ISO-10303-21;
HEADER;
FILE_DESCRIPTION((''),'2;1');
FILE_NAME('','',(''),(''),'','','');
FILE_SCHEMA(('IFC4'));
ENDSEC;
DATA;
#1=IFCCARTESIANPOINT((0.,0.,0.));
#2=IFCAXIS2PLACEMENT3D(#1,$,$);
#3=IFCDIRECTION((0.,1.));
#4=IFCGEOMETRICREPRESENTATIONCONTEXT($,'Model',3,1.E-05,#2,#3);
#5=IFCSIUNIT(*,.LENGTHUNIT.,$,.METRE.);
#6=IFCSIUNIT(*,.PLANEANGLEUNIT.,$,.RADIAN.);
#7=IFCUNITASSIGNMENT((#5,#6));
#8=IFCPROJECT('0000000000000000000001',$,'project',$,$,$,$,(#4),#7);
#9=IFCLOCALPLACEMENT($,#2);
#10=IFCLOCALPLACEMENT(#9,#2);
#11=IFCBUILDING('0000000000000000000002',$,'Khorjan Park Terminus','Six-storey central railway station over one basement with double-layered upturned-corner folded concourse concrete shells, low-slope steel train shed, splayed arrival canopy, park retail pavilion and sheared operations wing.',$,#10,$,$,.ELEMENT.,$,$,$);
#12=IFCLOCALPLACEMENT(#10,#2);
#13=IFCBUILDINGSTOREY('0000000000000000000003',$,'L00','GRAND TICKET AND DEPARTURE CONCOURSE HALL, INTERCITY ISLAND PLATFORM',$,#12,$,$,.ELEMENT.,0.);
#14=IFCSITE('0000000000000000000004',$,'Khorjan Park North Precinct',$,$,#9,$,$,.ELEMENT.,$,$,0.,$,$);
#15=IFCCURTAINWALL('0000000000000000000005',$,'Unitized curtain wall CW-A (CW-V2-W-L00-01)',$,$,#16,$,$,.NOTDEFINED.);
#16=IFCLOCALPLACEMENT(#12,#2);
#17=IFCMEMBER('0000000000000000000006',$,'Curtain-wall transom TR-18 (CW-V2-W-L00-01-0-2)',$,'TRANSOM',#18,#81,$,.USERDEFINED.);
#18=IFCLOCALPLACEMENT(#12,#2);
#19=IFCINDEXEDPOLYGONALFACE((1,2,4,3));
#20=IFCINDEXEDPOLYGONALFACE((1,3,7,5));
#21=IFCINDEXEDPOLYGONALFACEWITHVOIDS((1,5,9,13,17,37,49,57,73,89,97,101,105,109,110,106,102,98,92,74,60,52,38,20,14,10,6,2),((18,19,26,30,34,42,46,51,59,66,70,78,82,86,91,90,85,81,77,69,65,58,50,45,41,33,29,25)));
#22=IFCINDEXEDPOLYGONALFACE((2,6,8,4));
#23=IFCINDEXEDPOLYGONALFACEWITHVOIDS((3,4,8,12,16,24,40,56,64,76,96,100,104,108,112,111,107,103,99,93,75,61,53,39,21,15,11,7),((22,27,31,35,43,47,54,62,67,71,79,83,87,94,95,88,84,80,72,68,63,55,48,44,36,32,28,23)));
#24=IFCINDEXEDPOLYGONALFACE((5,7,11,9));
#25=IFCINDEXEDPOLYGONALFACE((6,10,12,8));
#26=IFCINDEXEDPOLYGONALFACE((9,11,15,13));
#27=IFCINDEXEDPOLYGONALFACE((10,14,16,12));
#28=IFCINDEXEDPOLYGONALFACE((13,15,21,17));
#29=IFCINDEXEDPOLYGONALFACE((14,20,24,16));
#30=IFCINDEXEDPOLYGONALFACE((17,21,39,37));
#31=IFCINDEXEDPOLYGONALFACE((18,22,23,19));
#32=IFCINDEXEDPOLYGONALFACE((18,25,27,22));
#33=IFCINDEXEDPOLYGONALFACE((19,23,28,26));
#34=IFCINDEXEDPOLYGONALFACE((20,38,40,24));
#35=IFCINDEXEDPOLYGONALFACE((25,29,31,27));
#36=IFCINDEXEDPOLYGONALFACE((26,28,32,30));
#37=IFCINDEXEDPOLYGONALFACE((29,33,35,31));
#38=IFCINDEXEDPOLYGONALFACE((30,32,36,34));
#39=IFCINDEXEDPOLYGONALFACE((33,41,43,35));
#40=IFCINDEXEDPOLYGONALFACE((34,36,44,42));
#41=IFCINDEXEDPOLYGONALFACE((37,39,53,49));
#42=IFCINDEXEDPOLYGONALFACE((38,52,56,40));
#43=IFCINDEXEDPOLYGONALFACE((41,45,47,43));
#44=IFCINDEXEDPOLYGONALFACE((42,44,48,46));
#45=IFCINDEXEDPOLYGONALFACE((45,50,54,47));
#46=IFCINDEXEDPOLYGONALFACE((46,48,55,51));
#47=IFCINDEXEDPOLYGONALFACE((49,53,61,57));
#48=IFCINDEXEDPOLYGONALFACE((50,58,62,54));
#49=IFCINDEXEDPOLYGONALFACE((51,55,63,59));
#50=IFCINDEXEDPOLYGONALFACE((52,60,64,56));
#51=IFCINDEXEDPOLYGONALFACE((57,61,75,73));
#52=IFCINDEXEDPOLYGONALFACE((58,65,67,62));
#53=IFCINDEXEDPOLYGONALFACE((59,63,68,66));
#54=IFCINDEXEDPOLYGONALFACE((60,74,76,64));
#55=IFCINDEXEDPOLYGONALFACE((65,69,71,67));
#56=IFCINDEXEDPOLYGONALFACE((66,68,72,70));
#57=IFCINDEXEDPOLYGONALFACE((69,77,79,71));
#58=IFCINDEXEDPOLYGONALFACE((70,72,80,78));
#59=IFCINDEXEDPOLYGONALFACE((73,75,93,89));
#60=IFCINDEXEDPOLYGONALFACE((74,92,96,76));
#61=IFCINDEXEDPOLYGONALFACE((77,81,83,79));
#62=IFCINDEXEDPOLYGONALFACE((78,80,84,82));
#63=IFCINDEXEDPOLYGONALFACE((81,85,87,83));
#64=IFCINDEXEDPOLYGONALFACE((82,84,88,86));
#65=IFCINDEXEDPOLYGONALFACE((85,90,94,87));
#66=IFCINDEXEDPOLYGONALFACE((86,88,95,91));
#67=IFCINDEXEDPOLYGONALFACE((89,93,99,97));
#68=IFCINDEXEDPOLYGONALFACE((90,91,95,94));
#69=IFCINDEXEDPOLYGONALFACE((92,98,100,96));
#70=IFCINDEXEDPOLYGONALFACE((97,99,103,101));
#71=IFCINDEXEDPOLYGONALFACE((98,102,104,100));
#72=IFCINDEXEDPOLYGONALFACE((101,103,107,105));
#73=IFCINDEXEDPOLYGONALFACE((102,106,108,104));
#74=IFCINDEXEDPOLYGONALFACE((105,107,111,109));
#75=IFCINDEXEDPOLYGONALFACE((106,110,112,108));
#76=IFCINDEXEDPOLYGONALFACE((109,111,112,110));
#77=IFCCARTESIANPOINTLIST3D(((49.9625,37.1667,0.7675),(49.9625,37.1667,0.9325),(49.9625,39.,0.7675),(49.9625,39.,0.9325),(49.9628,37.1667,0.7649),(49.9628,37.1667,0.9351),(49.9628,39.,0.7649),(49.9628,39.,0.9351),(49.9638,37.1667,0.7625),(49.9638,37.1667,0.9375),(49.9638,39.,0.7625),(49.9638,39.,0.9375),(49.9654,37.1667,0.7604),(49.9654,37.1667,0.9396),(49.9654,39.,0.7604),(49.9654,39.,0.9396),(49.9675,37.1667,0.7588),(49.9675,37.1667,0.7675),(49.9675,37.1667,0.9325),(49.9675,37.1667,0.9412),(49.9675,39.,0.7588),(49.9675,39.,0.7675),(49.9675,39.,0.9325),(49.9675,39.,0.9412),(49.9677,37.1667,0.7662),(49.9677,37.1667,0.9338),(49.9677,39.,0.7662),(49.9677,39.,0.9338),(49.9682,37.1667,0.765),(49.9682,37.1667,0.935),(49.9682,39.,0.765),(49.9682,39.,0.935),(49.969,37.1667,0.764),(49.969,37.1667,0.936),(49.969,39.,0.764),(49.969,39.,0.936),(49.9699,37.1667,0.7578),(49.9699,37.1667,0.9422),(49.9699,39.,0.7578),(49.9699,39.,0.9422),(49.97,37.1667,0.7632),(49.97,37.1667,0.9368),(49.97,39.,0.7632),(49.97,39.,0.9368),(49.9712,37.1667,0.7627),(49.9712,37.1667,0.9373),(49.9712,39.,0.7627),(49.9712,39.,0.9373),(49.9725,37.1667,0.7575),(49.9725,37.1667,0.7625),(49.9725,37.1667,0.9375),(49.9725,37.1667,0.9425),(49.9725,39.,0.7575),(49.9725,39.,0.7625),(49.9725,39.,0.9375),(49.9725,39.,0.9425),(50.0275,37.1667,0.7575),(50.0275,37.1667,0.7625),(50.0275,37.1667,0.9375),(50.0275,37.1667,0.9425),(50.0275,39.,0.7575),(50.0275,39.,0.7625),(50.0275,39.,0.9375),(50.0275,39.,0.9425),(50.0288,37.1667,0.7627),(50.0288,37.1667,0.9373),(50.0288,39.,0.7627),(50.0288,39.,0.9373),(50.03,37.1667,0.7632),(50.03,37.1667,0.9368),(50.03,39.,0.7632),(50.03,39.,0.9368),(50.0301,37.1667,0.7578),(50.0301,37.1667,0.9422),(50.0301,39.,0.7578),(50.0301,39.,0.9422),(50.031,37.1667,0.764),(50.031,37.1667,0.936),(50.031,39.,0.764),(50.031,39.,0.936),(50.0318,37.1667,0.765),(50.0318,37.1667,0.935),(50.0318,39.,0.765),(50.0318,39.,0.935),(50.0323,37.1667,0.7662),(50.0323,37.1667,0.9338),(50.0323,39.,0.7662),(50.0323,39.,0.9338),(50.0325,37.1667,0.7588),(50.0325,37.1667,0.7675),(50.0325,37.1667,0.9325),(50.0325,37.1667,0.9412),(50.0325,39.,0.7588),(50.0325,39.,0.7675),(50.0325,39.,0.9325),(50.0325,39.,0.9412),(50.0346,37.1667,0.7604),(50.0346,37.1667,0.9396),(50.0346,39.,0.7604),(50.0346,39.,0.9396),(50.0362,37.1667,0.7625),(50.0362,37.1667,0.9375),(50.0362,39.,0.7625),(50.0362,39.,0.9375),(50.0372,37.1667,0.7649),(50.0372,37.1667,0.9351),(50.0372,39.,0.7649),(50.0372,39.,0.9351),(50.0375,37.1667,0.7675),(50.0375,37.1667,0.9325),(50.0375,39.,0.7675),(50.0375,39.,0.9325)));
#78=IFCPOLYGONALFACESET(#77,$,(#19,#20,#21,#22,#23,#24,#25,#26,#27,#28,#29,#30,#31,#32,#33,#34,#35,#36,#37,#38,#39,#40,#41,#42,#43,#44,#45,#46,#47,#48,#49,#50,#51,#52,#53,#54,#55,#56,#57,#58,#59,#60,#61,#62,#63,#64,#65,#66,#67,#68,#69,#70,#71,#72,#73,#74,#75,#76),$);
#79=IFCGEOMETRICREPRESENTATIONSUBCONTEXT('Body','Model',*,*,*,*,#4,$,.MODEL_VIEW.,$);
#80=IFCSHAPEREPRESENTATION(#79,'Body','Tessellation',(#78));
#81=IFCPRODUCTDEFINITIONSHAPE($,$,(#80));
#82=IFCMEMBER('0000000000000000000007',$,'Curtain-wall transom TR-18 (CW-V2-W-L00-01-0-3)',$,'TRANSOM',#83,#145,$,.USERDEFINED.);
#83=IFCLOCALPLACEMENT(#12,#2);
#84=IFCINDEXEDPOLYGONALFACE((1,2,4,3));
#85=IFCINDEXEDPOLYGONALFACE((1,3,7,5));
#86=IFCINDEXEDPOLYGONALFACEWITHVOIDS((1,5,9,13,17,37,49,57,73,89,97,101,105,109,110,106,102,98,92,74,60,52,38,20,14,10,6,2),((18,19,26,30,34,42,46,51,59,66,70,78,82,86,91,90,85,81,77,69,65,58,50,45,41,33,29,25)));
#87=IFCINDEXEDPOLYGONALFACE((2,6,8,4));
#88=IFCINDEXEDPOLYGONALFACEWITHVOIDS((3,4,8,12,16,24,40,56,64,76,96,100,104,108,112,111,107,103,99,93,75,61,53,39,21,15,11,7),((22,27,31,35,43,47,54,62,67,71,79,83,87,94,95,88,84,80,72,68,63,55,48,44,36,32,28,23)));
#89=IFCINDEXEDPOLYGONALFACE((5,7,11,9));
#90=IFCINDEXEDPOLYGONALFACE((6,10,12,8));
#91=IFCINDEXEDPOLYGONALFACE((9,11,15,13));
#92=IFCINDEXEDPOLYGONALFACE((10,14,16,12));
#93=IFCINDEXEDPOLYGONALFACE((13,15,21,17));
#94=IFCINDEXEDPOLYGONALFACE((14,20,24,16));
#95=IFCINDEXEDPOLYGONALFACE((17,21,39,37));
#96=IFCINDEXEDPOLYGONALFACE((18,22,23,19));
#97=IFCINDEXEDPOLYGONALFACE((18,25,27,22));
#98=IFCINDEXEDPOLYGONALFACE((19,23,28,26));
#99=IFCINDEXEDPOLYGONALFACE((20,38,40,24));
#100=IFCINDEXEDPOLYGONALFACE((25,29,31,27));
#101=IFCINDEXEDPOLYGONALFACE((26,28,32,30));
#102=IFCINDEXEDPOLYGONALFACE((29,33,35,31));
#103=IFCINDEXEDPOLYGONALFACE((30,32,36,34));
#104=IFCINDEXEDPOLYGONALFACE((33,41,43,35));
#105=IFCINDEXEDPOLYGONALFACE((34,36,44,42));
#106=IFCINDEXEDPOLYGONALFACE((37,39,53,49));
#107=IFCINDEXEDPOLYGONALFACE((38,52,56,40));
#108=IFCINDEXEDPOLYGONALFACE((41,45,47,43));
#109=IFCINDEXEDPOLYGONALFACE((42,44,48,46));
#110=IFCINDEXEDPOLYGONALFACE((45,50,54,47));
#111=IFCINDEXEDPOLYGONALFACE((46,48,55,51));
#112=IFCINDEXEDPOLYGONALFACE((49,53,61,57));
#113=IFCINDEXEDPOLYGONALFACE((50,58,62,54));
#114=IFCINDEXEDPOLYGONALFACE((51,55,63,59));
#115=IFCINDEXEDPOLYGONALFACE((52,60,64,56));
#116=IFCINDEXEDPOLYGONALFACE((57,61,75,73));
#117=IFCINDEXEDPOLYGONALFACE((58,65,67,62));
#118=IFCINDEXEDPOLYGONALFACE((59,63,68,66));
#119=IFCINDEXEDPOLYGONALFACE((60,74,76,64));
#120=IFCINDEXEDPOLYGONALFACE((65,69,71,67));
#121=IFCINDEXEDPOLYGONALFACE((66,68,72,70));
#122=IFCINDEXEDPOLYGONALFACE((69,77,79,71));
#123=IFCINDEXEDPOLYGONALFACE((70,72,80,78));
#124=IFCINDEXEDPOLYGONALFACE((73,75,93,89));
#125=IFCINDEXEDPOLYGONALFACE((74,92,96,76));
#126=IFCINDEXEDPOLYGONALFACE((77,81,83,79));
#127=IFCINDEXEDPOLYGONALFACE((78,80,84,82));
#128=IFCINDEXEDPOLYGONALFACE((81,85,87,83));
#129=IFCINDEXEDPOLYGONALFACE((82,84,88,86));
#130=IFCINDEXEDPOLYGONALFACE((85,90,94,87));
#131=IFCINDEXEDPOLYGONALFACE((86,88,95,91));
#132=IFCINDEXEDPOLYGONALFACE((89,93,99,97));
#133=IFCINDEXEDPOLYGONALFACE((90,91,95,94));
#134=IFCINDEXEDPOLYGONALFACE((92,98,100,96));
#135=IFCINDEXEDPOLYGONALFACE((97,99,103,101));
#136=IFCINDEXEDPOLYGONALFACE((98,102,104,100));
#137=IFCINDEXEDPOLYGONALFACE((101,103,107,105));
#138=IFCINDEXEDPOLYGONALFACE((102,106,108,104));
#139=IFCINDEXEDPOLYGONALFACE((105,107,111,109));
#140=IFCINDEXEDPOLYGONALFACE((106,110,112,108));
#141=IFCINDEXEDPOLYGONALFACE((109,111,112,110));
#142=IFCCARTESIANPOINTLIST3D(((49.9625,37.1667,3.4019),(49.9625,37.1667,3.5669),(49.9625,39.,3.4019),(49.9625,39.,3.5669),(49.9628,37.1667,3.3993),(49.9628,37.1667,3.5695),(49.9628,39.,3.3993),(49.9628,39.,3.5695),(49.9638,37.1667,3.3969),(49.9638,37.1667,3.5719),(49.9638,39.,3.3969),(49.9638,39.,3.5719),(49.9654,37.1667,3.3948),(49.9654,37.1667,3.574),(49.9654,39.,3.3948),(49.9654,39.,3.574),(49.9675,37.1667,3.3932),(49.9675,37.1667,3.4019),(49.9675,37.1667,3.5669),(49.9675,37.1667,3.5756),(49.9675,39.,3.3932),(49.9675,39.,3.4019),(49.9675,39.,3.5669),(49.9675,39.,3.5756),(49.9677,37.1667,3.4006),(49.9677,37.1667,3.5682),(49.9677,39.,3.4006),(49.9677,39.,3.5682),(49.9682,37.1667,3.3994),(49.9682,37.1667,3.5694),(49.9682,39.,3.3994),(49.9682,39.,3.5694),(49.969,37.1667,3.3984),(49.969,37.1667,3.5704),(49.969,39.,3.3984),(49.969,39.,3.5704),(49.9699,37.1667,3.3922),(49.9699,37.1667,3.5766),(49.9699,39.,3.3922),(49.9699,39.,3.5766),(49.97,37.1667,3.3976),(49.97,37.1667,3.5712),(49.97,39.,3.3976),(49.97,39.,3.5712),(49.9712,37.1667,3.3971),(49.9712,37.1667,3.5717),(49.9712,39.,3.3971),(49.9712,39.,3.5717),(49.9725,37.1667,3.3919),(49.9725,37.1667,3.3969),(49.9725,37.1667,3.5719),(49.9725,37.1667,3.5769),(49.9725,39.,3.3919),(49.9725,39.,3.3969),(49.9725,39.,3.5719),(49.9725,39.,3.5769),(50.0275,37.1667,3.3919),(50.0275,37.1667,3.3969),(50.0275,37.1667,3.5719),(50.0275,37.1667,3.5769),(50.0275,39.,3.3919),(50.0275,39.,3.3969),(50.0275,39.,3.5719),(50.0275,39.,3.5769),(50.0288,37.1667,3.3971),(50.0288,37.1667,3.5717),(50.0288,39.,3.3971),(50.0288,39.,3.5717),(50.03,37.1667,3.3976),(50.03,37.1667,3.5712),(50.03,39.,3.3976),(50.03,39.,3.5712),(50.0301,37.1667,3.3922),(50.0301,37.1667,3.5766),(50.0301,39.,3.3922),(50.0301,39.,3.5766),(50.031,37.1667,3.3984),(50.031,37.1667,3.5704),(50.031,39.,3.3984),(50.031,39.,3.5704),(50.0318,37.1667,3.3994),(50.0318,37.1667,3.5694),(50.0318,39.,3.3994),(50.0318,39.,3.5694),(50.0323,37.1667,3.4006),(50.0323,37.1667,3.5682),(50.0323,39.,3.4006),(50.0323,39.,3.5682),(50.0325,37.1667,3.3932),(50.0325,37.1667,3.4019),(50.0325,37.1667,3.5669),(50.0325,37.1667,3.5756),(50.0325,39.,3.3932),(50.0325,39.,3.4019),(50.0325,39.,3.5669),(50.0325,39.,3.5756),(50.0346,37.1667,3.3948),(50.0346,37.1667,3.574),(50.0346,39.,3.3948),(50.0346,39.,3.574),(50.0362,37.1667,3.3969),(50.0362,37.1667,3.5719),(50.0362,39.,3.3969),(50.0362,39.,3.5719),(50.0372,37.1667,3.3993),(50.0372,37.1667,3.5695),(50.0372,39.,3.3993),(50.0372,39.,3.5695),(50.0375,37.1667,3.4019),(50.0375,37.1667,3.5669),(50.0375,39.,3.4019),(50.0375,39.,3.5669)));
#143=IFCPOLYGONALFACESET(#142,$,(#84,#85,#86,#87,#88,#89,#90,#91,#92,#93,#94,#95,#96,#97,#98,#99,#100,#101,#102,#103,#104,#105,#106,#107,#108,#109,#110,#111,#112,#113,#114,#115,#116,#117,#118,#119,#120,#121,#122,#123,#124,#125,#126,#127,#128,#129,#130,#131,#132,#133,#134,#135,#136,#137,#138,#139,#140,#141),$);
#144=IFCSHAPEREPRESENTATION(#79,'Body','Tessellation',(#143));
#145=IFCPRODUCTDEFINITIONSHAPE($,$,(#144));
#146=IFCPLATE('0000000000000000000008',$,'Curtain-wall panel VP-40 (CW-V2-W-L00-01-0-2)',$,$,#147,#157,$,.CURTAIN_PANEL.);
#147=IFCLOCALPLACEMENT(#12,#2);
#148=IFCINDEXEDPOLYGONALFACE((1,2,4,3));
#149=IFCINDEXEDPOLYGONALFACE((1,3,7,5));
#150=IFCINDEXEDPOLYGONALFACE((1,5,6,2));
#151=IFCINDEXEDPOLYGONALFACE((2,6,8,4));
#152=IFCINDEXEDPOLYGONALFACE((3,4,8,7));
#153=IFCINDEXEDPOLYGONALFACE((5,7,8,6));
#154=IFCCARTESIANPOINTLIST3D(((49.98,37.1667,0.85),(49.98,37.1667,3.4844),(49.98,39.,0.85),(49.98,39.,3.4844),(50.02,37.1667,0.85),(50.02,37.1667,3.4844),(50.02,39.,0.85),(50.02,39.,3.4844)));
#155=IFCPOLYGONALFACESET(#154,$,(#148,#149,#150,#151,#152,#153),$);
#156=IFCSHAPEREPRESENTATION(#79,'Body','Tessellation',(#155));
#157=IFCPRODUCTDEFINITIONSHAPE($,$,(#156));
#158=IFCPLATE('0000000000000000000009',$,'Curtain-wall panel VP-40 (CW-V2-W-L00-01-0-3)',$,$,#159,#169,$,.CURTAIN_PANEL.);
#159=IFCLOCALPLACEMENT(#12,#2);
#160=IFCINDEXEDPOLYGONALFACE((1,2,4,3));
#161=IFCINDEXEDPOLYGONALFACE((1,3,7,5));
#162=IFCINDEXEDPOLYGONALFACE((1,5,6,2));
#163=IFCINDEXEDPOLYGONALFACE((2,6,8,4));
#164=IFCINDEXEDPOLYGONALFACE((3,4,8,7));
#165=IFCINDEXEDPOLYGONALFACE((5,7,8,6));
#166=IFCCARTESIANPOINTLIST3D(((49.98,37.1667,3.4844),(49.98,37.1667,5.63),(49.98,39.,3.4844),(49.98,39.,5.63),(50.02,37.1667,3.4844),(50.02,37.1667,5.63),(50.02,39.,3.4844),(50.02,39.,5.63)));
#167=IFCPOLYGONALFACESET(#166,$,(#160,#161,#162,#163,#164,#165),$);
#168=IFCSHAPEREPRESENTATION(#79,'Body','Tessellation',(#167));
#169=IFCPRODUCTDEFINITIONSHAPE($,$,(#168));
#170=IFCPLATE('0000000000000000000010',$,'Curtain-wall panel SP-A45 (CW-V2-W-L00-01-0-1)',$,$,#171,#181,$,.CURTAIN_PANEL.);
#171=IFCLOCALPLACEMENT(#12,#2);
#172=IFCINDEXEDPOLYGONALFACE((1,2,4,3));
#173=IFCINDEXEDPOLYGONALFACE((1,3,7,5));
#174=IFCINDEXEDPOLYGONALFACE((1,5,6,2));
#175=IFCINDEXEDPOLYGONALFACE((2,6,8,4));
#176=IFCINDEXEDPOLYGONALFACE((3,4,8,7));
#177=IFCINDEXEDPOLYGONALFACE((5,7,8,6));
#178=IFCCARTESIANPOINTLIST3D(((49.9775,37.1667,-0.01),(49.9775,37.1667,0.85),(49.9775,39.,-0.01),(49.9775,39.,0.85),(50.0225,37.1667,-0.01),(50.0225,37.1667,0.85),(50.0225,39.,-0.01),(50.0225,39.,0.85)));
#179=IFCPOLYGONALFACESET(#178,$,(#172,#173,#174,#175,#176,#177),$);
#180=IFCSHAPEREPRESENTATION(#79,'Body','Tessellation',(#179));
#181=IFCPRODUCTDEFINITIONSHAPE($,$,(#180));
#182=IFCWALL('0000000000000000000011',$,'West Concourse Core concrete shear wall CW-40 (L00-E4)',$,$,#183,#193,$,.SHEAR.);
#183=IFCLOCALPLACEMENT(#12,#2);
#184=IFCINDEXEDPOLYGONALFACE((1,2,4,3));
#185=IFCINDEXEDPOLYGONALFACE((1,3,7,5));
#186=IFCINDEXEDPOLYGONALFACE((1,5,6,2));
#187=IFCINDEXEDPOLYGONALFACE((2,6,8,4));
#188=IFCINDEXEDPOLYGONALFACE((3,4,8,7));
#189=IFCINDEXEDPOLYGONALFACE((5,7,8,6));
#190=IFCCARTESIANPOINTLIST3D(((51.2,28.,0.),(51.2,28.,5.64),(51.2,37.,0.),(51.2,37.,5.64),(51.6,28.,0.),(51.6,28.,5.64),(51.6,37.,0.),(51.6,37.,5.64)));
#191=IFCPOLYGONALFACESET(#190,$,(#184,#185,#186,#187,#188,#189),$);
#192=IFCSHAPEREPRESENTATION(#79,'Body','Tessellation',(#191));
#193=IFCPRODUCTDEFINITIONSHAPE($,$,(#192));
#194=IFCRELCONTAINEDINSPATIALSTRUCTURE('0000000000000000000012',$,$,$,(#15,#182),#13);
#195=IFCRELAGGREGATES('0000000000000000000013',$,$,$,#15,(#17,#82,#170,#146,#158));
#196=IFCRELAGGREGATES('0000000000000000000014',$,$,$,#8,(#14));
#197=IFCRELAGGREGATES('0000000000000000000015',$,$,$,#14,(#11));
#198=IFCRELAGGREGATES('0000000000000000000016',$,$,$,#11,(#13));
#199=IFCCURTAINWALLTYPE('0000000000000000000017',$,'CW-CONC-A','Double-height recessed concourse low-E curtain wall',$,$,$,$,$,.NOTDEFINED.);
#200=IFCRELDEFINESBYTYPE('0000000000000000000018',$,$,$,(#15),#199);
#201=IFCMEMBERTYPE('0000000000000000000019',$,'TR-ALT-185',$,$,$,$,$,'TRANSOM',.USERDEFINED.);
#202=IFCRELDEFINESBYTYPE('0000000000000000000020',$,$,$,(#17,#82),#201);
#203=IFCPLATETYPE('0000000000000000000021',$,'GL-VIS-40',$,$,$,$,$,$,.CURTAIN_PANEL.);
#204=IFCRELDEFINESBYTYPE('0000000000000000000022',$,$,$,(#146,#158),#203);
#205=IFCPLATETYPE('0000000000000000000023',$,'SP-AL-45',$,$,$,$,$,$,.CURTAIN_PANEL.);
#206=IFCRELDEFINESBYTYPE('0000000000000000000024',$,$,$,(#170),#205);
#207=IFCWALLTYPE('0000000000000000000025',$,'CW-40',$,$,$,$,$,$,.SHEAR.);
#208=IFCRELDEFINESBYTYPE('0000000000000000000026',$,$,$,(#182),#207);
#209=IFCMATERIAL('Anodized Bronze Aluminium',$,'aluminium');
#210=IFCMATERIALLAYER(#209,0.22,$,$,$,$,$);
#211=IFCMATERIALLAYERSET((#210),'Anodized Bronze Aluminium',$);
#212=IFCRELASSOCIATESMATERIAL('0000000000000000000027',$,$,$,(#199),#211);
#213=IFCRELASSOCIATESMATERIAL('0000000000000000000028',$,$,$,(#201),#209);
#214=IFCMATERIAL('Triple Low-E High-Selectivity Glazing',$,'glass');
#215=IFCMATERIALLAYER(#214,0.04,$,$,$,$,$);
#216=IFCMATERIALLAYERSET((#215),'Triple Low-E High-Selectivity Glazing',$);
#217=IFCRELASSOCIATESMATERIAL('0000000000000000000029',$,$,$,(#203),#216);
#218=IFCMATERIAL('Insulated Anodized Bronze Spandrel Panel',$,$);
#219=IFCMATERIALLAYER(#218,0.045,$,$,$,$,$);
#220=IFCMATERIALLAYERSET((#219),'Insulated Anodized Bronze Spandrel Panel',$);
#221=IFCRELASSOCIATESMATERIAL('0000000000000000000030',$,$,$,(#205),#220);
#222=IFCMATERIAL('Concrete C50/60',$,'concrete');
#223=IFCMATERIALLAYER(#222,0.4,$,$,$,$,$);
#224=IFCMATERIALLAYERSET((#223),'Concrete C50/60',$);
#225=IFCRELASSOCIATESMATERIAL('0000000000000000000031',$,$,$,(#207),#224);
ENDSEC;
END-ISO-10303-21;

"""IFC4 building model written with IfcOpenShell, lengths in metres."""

from ifc_helpers import new_model, si_unit, direction, frame, frame_2d, origin, origin_2d, place, context, subcontext, project, spatial, rectangle, hollow_rectangle, extrude, material, layer, layer_set, material_profile, profile_set, type_object, element, aggregate, save


model = new_model("IFC4")

# Units and contexts
model_context = context("Model", 3, precision=1e-05, world=origin(), true_north=direction((0.0, 1.0)))
body_context = subcontext(model_context, "Body", "Model", "MODEL_VIEW")
ifc_project = project(units=[si_unit("LENGTHUNIT", "METRE"), si_unit("PLANEANGLEUNIT", "RADIAN")], contexts=[model_context])

# Site, building, storey
site_placement = place(None, origin())
site = spatial("IfcSite", under=ifc_project, at=site_placement, Name="Khorjan Park North Precinct", CompositionType="ELEMENT", RefElevation=0.0)
building_placement = place(site_placement, origin())
building = spatial("IfcBuilding", under=site, at=building_placement, Name="Khorjan Park Terminus", Description="Six-storey central railway station over one basement with double-layered upturned-corner folded concourse concrete shells, low-slope steel train shed, splayed arrival canopy, park retail pavilion and sheared operations wing.", CompositionType="ELEMENT")
storey_placement = place(building_placement, origin())
storey = spatial("IfcBuildingStorey", under=building, at=storey_placement, Name="L00", Description="GRAND TICKET AND DEPARTURE CONCOURSE HALL, INTERCITY ISLAND PLATFORM", CompositionType="ELEMENT", Elevation=0.0)

# Curtain wall, members, plates
ifc_material_1 = material(Name="Anodized Bronze Aluminium", Category="aluminium")
ifc_layer_1 = layer(ifc_material_1, 0.22)
ifc_layer_set_1 = layer_set([ifc_layer_1], Name="Anodized Bronze Aluminium")
curtain_wall_type = type_object("IfcCurtainWallType", Name="CW-CONC-A", Description="Double-height recessed concourse low-E curtain wall", PredefinedType="NOTDEFINED", material=ifc_layer_set_1)
curtain_wall_placement = place(storey_placement, origin())
curtain_wall = element("IfcCurtainWall", 1, at=curtain_wall_placement, inside=storey, type_object=curtain_wall_type, Name="Unitized curtain wall CW-A (CW-V2-W-L00-01)", PredefinedType="NOTDEFINED")
ifc_material_profile_1 = material_profile(ifc_material_1, hollow_rectangle(XDim=0.075, YDim=0.185, WallThickness=0.005, InnerFilletRadius=0.005, OuterFilletRadius=0.01, at=origin_2d()), Name="ALT 75x185x5")
ifc_profile_set_1 = profile_set([ifc_material_profile_1], Name="Anodized Bronze Aluminium")
member_type_1 = type_object("IfcMemberType", Name="TR-ALT-185", ElementType="TRANSOM", PredefinedType="USERDEFINED", material=ifc_profile_set_1)
member_1_placement = place(storey_placement, frame((50.0, 39.0, 0.85), z_axis=(0.0, -1.0, 0.0), x_axis=(1.0, 0.0, 0.0)))
member_1 = element("IfcMember", 2, at=member_1_placement, type_object=member_type_1, Name="Curtain-wall transom TR-18 (CW-V2-W-L00-01-0-2)", ObjectType="TRANSOM", PredefinedType="USERDEFINED", context=body_context, shape_type="SweptSolid", body=[
    extrude(hollow_rectangle(XDim=0.075, YDim=0.185, WallThickness=0.005, InnerFilletRadius=0.005, OuterFilletRadius=0.01, at=origin_2d()), origin(), (0.0, 0.0, 1.0), 1.8333),
])
member_2_placement = place(storey_placement, frame((50.0, 39.0, 3.4844), z_axis=(0.0, -1.0, 0.0), x_axis=(1.0, 0.0, 0.0)))
member_2 = element("IfcMember", 3, at=member_2_placement, type_object=member_type_1, Name="Curtain-wall transom TR-18 (CW-V2-W-L00-01-0-3)", ObjectType="TRANSOM", PredefinedType="USERDEFINED", context=body_context, shape_type="SweptSolid", body=[
    extrude(hollow_rectangle(XDim=0.075, YDim=0.185, WallThickness=0.005, InnerFilletRadius=0.005, OuterFilletRadius=0.01, at=origin_2d()), origin(), (0.0, 0.0, 1.0), 1.8333),
])
ifc_material_2 = material(Name="Triple Low-E High-Selectivity Glazing", Category="glass")
ifc_layer_2 = layer(ifc_material_2, 0.04)
ifc_layer_set_2 = layer_set([ifc_layer_2], Name="Triple Low-E High-Selectivity Glazing")
plate_type_1 = type_object("IfcPlateType", Name="GL-VIS-40", PredefinedType="CURTAIN_PANEL", material=ifc_layer_set_2)
plate_1_placement = place(storey_placement, frame((50.0, 38.0833, 0.85), z_axis=(0.0, 0.0, 1.0), x_axis=(0.0, -1.0, 0.0)))
plate_1 = element("IfcPlate", 4, at=plate_1_placement, type_object=plate_type_1, Name="Curtain-wall panel VP-40 (CW-V2-W-L00-01-0-2)", PredefinedType="CURTAIN_PANEL", context=body_context, shape_type="SweptSolid", body=[
    extrude(rectangle(XDim=1.8333, YDim=0.04, at=origin_2d()), origin(), (0.0, 0.0, 1.0), 2.6344),
])
plate_2_placement = place(storey_placement, frame((50.0, 38.0833, 3.4844), z_axis=(0.0, 0.0, 1.0), x_axis=(0.0, -1.0, 0.0)))
plate_2 = element("IfcPlate", 5, at=plate_2_placement, type_object=plate_type_1, Name="Curtain-wall panel VP-40 (CW-V2-W-L00-01-0-3)", PredefinedType="CURTAIN_PANEL", context=body_context, shape_type="SweptSolid", body=[
    extrude(rectangle(XDim=1.8333, YDim=0.04, at=origin_2d()), origin(), (0.0, 0.0, 1.0), 2.1456),
])
ifc_material_3 = material(Name="Insulated Anodized Bronze Spandrel Panel")
ifc_layer_3 = layer(ifc_material_3, 0.045)
ifc_layer_set_3 = layer_set([ifc_layer_3], Name="Insulated Anodized Bronze Spandrel Panel")
plate_type_2 = type_object("IfcPlateType", Name="SP-AL-45", PredefinedType="CURTAIN_PANEL", material=ifc_layer_set_3)
plate_3_placement = place(storey_placement, frame((50.0, 38.0833, -0.01), z_axis=(0.0, 0.0, 1.0), x_axis=(0.0, -1.0, 0.0)))
plate_3 = element("IfcPlate", 6, at=plate_3_placement, type_object=plate_type_2, Name="Curtain-wall panel SP-A45 (CW-V2-W-L00-01-0-1)", PredefinedType="CURTAIN_PANEL", context=body_context, shape_type="SweptSolid", body=[
    extrude(rectangle(XDim=1.8333, YDim=0.045, at=origin_2d()), origin(), (0.0, 0.0, 1.0), 0.86),
])
aggregate(curtain_wall, [member_1, member_2, plate_3, plate_1, plate_2])

# Wall
ifc_material_4 = material(Name="Concrete C50/60", Category="concrete")
ifc_layer_4 = layer(ifc_material_4, 0.4)
ifc_layer_set_4 = layer_set([ifc_layer_4], Name="Concrete C50/60")
wall_type_1 = type_object("IfcWallType", Name="CW-40", PredefinedType="SHEAR", material=ifc_layer_set_4)
wall_1_placement = place(storey_placement, frame((51.4, 37.0, 0.0), z_axis=(0.0, 0.0, 1.0), x_axis=(0.0, -1.0, 0.0)))
element("IfcWall", 7, at=wall_1_placement, inside=storey, type_object=wall_type_1, Name="West Concourse Core concrete shear wall CW-40 (L00-E4)", PredefinedType="SHEAR", context=body_context, shape_type="SweptSolid", body=[
    extrude(rectangle(XDim=9.0, YDim=0.4, at=frame_2d((4.5, 0.0))), origin(), (0.0, 0.0, 1.0), 5.64),
])

save(model, "model.ifc")
